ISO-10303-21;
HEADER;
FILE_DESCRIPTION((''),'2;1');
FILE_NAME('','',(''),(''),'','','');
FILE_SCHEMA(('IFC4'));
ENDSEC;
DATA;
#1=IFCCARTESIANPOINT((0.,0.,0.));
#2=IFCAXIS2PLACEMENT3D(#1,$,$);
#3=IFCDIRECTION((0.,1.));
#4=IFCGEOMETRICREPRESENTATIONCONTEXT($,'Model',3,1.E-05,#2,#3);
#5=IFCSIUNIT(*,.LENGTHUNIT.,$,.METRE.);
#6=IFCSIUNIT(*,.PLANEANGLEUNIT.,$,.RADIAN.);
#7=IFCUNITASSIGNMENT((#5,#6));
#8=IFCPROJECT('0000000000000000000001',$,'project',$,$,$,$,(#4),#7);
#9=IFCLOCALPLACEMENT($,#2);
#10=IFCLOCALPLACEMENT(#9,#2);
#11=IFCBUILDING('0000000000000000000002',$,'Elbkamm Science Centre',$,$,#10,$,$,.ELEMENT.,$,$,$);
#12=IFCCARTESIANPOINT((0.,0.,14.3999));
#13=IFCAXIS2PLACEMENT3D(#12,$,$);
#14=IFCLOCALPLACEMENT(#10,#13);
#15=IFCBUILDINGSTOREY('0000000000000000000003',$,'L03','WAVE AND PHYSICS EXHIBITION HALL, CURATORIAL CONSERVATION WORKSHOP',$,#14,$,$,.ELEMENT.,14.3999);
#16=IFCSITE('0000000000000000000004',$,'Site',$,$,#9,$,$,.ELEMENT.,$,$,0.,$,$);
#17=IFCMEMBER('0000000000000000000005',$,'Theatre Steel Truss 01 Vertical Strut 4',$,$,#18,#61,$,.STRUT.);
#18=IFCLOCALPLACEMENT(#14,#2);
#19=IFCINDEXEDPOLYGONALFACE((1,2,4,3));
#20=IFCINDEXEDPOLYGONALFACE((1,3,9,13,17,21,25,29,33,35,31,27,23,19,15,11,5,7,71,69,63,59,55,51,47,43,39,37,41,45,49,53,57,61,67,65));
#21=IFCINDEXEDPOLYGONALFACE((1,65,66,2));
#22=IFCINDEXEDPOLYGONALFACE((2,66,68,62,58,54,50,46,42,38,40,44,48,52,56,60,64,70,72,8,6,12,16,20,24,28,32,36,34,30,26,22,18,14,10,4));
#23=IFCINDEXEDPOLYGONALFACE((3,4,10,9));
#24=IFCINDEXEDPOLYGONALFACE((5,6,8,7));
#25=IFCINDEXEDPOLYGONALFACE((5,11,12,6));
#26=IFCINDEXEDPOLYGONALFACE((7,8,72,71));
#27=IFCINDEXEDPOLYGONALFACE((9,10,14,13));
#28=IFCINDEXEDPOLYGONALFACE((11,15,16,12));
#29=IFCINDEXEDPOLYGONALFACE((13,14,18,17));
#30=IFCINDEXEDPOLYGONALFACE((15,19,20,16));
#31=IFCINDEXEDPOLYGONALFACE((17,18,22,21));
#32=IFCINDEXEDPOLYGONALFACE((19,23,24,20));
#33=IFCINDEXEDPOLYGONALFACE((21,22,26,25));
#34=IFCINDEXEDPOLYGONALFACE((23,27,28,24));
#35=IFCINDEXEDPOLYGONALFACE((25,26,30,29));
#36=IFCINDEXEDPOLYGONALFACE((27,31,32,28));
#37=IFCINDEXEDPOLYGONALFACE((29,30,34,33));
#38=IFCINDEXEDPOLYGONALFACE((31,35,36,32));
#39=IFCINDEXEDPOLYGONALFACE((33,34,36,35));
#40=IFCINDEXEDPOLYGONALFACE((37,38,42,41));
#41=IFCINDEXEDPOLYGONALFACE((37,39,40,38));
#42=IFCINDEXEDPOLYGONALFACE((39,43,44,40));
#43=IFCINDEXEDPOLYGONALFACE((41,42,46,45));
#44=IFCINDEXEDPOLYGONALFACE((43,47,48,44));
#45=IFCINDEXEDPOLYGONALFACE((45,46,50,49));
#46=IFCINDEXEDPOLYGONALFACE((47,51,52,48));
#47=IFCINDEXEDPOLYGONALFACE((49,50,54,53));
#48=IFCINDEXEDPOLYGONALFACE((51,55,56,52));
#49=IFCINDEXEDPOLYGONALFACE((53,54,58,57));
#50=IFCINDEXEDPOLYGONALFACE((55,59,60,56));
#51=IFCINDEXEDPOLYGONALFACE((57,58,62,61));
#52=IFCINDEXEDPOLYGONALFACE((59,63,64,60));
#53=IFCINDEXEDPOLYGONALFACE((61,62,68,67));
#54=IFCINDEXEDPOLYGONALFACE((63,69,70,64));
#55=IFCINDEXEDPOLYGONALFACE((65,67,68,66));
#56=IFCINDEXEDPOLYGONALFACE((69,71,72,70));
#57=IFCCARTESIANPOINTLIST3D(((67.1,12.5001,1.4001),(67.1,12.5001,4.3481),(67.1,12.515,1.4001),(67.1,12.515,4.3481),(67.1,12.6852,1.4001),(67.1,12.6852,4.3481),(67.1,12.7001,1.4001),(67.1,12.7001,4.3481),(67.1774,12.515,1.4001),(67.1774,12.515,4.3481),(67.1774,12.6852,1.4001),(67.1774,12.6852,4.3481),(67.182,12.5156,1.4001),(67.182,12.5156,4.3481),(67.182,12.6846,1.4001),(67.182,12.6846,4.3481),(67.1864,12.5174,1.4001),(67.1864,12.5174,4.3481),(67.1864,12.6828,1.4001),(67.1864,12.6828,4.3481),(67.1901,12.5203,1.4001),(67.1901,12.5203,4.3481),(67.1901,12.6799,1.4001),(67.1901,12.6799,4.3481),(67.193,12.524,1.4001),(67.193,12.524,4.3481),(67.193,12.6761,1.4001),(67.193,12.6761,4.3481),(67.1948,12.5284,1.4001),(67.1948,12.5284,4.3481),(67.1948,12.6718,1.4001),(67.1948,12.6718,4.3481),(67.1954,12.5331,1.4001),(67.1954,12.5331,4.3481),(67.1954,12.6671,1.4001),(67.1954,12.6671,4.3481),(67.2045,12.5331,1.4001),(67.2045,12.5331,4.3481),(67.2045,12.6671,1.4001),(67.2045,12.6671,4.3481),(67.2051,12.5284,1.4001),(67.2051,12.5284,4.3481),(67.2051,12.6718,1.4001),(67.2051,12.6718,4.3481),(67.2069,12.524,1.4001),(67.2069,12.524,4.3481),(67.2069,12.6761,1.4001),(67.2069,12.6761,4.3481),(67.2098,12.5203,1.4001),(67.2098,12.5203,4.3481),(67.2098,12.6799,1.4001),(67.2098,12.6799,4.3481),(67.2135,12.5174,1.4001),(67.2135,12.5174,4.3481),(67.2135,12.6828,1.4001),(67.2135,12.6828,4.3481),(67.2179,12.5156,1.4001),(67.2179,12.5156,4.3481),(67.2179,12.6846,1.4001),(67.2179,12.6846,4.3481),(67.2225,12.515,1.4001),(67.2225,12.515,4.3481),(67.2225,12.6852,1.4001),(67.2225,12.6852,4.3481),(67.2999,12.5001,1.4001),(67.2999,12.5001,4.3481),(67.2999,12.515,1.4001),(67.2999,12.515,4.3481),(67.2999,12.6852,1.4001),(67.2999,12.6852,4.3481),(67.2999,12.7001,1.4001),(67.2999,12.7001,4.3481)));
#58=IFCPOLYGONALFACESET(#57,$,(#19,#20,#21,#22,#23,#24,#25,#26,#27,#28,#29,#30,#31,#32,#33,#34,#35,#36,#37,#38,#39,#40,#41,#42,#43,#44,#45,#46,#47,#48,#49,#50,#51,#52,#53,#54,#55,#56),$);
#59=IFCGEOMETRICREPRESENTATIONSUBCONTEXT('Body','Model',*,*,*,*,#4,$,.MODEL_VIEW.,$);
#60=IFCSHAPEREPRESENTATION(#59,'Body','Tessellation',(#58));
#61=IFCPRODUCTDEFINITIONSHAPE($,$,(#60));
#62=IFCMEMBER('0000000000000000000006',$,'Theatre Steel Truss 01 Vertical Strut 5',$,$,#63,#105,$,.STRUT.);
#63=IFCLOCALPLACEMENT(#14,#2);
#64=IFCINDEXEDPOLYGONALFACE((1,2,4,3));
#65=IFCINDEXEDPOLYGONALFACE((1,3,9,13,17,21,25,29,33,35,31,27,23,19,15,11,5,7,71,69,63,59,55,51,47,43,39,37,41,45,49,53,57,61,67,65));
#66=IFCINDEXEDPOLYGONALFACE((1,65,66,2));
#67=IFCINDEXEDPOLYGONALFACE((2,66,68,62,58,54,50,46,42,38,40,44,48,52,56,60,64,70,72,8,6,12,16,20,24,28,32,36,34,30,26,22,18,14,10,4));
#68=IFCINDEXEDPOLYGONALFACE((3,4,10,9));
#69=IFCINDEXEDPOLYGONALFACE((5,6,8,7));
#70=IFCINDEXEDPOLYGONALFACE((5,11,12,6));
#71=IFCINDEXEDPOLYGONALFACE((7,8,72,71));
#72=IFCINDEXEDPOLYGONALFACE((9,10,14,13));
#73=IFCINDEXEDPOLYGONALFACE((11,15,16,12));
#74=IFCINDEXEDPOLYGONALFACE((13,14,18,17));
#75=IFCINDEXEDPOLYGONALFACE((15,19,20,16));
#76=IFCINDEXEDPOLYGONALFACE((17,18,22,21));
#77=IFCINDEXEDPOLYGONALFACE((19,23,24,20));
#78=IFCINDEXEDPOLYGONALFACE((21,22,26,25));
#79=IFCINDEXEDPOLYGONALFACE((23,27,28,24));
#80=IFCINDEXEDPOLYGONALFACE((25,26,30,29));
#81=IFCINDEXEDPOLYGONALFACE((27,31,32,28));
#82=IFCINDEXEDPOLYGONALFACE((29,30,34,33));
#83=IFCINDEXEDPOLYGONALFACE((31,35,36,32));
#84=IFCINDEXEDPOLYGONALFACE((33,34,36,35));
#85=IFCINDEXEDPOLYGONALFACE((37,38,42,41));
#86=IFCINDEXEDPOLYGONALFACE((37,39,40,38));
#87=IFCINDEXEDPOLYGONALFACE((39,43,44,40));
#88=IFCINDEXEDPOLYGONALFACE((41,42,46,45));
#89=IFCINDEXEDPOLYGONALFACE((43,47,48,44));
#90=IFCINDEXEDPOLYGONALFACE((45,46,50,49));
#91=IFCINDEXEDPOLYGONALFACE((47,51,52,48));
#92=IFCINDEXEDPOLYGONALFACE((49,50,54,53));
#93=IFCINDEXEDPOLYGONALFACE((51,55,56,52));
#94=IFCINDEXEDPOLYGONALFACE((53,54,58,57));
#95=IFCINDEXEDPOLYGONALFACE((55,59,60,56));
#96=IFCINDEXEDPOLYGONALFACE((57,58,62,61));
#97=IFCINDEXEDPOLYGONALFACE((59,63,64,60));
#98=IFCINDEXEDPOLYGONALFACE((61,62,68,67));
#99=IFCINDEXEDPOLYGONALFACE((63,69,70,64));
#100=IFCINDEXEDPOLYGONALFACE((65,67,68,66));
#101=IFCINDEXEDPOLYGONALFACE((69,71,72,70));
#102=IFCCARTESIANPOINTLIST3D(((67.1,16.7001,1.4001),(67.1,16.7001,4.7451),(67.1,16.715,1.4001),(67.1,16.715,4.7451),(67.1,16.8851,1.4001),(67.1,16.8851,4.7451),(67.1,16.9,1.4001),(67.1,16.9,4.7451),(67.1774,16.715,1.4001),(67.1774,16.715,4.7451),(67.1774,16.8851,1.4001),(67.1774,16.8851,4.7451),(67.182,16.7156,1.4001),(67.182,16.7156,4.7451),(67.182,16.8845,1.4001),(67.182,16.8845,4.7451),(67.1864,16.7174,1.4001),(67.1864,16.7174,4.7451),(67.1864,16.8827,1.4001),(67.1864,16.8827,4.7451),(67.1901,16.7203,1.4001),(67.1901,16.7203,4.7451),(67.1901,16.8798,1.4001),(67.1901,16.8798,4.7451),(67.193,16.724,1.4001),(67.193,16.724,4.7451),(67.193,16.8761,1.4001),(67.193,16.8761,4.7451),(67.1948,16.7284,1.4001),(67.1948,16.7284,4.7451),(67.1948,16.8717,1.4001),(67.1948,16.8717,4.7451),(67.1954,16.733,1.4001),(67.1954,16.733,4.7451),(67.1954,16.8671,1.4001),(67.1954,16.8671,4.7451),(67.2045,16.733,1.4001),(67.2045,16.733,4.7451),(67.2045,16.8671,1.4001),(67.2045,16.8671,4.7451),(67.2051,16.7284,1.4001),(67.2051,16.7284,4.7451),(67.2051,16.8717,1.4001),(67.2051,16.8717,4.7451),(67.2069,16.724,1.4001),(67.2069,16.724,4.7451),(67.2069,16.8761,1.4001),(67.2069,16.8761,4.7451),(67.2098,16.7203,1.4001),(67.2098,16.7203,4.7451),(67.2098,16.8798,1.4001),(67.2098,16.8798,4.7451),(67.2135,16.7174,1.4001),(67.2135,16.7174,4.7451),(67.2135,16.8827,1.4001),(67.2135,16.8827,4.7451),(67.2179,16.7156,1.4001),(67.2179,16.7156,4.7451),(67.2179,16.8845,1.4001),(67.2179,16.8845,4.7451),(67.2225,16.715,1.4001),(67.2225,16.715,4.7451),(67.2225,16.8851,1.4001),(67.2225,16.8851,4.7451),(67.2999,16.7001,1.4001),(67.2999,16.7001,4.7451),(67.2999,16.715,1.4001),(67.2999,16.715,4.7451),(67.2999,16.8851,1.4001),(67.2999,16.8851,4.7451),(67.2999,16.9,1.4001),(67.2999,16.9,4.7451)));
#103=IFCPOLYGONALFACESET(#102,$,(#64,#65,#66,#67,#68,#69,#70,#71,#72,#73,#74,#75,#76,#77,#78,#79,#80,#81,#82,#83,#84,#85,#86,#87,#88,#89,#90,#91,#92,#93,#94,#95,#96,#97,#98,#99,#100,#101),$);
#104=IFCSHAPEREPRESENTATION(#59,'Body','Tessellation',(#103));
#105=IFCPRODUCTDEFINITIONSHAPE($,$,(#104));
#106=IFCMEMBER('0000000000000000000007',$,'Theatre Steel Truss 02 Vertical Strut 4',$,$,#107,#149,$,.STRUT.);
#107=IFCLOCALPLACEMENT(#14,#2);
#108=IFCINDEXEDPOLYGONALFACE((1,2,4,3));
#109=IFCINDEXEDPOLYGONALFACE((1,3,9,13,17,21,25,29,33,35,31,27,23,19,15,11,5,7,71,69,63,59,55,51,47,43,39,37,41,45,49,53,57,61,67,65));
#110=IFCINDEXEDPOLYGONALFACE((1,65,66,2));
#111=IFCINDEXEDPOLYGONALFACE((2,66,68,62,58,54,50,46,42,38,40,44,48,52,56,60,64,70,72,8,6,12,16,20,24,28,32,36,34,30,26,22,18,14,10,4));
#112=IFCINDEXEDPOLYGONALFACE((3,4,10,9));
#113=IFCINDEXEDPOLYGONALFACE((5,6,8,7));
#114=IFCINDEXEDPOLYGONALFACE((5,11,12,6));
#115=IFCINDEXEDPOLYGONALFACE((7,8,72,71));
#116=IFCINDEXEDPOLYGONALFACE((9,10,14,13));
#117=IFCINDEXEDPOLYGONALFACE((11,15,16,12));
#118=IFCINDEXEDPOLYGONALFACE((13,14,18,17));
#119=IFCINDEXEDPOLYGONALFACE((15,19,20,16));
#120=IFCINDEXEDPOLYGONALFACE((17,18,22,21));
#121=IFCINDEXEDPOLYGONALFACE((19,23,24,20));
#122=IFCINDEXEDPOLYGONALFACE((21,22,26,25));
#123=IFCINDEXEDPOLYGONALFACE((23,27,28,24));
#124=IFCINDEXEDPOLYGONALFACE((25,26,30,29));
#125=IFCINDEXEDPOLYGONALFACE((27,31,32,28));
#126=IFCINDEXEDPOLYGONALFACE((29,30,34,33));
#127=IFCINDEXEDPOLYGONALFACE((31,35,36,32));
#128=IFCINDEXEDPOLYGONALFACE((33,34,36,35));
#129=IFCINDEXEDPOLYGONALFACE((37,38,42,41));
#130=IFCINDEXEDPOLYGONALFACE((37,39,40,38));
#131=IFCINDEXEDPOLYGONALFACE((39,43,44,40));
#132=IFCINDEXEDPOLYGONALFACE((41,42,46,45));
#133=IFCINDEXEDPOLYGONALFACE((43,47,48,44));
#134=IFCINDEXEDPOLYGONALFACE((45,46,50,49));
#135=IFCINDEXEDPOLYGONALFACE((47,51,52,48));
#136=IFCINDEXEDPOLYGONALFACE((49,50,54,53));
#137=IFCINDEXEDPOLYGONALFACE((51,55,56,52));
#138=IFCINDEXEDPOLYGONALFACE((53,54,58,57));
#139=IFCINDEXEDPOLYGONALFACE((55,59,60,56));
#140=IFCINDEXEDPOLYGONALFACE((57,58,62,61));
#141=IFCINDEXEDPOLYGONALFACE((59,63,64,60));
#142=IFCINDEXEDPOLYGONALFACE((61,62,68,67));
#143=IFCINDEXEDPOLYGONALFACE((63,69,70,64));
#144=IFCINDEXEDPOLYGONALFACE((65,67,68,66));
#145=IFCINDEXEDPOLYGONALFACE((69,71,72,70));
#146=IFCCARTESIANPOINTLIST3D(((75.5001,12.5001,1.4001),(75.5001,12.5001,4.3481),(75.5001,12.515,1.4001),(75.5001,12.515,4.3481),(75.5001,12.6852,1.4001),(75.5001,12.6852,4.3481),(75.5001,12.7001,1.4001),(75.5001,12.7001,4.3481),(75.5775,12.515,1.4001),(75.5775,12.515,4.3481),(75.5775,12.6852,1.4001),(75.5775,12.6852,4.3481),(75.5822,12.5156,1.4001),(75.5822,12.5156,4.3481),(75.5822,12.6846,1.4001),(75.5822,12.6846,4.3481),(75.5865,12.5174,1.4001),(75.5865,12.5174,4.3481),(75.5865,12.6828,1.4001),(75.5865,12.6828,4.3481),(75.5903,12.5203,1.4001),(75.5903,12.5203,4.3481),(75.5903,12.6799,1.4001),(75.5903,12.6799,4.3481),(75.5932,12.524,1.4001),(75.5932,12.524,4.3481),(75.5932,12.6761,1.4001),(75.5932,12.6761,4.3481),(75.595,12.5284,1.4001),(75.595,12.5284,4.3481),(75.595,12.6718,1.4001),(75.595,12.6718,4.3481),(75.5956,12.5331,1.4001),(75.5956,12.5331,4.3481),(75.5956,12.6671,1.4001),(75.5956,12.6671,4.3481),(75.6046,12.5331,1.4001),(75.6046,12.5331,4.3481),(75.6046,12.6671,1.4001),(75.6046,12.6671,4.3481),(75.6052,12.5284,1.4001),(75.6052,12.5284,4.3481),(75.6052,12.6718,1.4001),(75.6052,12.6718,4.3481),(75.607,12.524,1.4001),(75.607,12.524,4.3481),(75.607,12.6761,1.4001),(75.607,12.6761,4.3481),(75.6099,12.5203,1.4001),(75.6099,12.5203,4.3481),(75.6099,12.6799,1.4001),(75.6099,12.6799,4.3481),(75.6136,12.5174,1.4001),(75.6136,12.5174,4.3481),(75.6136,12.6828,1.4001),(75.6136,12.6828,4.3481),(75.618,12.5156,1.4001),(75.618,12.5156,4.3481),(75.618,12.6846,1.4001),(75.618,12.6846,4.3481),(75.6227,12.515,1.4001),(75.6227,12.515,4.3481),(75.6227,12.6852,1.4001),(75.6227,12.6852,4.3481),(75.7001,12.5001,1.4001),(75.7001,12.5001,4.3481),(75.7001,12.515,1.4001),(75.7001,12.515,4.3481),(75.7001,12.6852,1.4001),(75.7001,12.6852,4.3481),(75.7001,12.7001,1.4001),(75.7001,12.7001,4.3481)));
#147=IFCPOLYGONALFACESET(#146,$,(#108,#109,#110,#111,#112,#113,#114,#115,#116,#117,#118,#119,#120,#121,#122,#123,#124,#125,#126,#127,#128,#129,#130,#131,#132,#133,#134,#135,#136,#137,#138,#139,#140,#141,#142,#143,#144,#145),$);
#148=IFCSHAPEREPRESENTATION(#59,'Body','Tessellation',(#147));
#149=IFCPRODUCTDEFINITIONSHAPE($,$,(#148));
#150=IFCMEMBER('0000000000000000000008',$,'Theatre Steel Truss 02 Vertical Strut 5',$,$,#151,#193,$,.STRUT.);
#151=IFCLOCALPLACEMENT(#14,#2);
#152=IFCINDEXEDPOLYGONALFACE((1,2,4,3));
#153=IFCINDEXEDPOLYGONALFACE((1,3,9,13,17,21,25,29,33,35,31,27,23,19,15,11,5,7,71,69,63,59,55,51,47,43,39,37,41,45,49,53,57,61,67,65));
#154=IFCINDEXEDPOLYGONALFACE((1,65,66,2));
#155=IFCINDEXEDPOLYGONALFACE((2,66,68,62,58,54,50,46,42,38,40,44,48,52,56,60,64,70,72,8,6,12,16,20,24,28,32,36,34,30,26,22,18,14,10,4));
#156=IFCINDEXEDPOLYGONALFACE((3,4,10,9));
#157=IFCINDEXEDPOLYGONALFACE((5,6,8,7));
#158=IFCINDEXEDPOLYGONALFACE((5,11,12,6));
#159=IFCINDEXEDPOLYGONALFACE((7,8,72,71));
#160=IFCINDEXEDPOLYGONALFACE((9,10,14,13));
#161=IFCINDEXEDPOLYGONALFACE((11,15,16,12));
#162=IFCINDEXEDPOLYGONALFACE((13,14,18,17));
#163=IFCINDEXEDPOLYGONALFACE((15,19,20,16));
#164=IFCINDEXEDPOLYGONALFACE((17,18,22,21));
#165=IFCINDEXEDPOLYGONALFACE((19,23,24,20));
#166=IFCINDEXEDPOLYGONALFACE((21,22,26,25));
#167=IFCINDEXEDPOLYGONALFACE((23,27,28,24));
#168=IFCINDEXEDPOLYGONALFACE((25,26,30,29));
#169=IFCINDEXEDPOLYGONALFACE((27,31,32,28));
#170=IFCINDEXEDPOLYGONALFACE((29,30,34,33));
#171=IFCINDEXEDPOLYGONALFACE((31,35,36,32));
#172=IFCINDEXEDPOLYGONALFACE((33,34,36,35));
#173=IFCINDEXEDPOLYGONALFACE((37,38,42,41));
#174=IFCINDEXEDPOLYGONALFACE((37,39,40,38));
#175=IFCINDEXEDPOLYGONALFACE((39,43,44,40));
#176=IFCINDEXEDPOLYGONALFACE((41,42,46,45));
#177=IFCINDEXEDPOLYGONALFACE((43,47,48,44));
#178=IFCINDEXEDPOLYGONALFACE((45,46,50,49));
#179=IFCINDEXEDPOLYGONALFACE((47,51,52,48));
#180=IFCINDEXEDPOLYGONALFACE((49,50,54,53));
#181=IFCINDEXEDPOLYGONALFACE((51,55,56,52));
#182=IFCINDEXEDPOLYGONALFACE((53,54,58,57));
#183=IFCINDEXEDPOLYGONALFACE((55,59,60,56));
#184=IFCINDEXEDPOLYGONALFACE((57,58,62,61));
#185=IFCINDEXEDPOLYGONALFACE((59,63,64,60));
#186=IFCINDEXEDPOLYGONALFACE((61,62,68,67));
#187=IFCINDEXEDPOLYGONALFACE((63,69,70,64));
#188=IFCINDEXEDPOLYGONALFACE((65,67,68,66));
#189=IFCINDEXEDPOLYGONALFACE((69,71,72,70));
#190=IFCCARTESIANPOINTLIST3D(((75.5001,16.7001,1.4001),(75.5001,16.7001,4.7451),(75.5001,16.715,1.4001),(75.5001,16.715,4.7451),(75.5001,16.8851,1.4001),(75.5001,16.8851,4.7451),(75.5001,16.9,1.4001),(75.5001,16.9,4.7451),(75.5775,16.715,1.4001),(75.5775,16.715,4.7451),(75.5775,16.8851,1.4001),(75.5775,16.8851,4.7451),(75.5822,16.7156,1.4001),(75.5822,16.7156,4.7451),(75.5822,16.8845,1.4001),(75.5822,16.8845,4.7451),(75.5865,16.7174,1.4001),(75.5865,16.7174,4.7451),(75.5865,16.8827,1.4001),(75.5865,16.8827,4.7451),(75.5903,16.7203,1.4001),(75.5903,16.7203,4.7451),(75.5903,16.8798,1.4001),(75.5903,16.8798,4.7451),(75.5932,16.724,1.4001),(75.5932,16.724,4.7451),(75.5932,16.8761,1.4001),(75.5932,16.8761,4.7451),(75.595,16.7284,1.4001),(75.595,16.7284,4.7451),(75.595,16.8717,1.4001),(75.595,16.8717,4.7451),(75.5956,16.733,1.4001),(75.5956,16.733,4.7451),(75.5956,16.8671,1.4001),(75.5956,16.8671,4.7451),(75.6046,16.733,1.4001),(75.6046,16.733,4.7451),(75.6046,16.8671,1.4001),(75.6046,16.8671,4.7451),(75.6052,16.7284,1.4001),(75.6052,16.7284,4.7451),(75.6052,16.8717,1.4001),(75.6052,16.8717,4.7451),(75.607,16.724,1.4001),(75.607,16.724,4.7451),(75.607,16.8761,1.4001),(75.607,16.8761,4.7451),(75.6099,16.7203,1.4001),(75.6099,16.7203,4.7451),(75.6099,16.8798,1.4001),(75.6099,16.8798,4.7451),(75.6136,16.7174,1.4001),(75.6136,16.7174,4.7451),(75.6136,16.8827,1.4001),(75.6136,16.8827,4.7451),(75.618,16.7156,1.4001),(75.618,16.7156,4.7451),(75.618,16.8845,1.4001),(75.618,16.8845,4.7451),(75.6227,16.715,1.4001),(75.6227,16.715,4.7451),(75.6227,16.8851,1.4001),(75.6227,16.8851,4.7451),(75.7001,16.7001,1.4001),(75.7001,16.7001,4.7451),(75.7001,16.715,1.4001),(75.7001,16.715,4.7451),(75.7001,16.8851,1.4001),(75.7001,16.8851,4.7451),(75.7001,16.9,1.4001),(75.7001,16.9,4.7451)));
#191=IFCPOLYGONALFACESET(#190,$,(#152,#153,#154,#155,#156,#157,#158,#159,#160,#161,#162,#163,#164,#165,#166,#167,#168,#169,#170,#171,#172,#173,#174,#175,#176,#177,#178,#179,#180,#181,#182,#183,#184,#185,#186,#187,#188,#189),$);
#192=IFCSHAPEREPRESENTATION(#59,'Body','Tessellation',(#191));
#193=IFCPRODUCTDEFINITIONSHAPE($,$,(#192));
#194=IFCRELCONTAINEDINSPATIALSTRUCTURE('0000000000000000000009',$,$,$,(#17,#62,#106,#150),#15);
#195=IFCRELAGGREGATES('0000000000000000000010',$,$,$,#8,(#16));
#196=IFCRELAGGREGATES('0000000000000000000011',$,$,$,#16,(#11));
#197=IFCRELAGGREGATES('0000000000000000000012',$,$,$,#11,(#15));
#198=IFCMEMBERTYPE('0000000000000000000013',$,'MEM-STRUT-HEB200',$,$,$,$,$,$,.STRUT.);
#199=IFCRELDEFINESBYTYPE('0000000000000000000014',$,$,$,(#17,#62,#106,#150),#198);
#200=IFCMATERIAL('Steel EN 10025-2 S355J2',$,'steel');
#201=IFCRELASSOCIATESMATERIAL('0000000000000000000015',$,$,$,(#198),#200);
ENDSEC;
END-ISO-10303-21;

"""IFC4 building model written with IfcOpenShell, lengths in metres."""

from ifc_helpers import new_model, si_unit, direction, frame, origin, origin_2d, place, context, subcontext, project, spatial, i_section, extrude, material, material_profile, profile_set, type_object, element, save


model = new_model("IFC4")

# Units and contexts
model_context = context("Model", 3, precision=1e-05, world=origin(), true_north=direction((0.0, 1.0)))
body_context = subcontext(model_context, "Body", "Model", "MODEL_VIEW")
ifc_project = project(units=[si_unit("LENGTHUNIT", "METRE"), si_unit("PLANEANGLEUNIT", "RADIAN")], contexts=[model_context])

# Site, building, storey
site_placement = place(None, origin())
site = spatial("IfcSite", under=ifc_project, at=site_placement, Name="Site", CompositionType="ELEMENT", RefElevation=0.0)
building_placement = place(site_placement, origin())
building = spatial("IfcBuilding", under=site, at=building_placement, Name="Elbkamm Science Centre", CompositionType="ELEMENT")
storey_placement = place(building_placement, frame((0.0, 0.0, 14.3999)))
storey = spatial("IfcBuildingStorey", under=building, at=storey_placement, Name="L03", Description="WAVE AND PHYSICS EXHIBITION HALL, CURATORIAL CONSERVATION WORKSHOP", CompositionType="ELEMENT", Elevation=14.3999)

# Shared definitions
ifc_material = material(Name="Steel EN 10025-2 S355J2", Category="steel")

# Members
ifc_material_profile_1 = material_profile(ifc_material, i_section(OverallWidth=0.2, OverallDepth=0.2, WebThickness=0.009, FlangeThickness=0.0149, FilletRadius=0.0181, at=origin_2d()), Name="HEB 200")
ifc_profile_set_1 = profile_set([ifc_material_profile_1], Name="Steel EN 10025-2 S355J2")
member_type_1 = type_object("IfcMemberType", Name="MEM-STRUT-HEB200", PredefinedType="STRUT", material=ifc_profile_set_1)
member_1_placement = place(storey_placement, frame((67.2, 12.6001, 1.4001), z_axis=(0.0, 0.0, 1.0), x_axis=(1.0, 0.0, 0.0)))
element("IfcMember", 1, at=member_1_placement, inside=storey, type_object=member_type_1, Name="Theatre Steel Truss 01 Vertical Strut 4", PredefinedType="STRUT", context=body_context, shape_type="SweptSolid", body=[
    extrude(i_section(OverallWidth=0.2, OverallDepth=0.2, WebThickness=0.009, FlangeThickness=0.0149, FilletRadius=0.0181, at=origin_2d()), origin(), (0.0, 0.0, 1.0), 2.948),
])
member_2_placement = place(storey_placement, frame((67.2, 16.8, 1.4001), z_axis=(0.0, 0.0, 1.0), x_axis=(1.0, 0.0, 0.0)))
element("IfcMember", 2, at=member_2_placement, inside=storey, type_object=member_type_1, Name="Theatre Steel Truss 01 Vertical Strut 5", PredefinedType="STRUT", context=body_context, shape_type="SweptSolid", body=[
    extrude(i_section(OverallWidth=0.2, OverallDepth=0.2, WebThickness=0.009, FlangeThickness=0.0149, FilletRadius=0.0181, at=origin_2d()), origin(), (0.0, 0.0, 1.0), 3.345),
])
member_3_placement = place(storey_placement, frame((75.6001, 12.6001, 1.4001), z_axis=(0.0, 0.0, 1.0), x_axis=(1.0, 0.0, 0.0)))
element("IfcMember", 3, at=member_3_placement, inside=storey, type_object=member_type_1, Name="Theatre Steel Truss 02 Vertical Strut 4", PredefinedType="STRUT", context=body_context, shape_type="SweptSolid", body=[
    extrude(i_section(OverallWidth=0.2, OverallDepth=0.2, WebThickness=0.009, FlangeThickness=0.0149, FilletRadius=0.0181, at=origin_2d()), origin(), (0.0, 0.0, 1.0), 2.948),
])
member_4_placement = place(storey_placement, frame((75.6001, 16.8, 1.4001), z_axis=(0.0, 0.0, 1.0), x_axis=(1.0, 0.0, 0.0)))
element("IfcMember", 4, at=member_4_placement, inside=storey, type_object=member_type_1, Name="Theatre Steel Truss 02 Vertical Strut 5", PredefinedType="STRUT", context=body_context, shape_type="SweptSolid", body=[
    extrude(i_section(OverallWidth=0.2, OverallDepth=0.2, WebThickness=0.009, FlangeThickness=0.0149, FilletRadius=0.0181, at=origin_2d()), origin(), (0.0, 0.0, 1.0), 3.345),
])

save(model, "model.ifc")
